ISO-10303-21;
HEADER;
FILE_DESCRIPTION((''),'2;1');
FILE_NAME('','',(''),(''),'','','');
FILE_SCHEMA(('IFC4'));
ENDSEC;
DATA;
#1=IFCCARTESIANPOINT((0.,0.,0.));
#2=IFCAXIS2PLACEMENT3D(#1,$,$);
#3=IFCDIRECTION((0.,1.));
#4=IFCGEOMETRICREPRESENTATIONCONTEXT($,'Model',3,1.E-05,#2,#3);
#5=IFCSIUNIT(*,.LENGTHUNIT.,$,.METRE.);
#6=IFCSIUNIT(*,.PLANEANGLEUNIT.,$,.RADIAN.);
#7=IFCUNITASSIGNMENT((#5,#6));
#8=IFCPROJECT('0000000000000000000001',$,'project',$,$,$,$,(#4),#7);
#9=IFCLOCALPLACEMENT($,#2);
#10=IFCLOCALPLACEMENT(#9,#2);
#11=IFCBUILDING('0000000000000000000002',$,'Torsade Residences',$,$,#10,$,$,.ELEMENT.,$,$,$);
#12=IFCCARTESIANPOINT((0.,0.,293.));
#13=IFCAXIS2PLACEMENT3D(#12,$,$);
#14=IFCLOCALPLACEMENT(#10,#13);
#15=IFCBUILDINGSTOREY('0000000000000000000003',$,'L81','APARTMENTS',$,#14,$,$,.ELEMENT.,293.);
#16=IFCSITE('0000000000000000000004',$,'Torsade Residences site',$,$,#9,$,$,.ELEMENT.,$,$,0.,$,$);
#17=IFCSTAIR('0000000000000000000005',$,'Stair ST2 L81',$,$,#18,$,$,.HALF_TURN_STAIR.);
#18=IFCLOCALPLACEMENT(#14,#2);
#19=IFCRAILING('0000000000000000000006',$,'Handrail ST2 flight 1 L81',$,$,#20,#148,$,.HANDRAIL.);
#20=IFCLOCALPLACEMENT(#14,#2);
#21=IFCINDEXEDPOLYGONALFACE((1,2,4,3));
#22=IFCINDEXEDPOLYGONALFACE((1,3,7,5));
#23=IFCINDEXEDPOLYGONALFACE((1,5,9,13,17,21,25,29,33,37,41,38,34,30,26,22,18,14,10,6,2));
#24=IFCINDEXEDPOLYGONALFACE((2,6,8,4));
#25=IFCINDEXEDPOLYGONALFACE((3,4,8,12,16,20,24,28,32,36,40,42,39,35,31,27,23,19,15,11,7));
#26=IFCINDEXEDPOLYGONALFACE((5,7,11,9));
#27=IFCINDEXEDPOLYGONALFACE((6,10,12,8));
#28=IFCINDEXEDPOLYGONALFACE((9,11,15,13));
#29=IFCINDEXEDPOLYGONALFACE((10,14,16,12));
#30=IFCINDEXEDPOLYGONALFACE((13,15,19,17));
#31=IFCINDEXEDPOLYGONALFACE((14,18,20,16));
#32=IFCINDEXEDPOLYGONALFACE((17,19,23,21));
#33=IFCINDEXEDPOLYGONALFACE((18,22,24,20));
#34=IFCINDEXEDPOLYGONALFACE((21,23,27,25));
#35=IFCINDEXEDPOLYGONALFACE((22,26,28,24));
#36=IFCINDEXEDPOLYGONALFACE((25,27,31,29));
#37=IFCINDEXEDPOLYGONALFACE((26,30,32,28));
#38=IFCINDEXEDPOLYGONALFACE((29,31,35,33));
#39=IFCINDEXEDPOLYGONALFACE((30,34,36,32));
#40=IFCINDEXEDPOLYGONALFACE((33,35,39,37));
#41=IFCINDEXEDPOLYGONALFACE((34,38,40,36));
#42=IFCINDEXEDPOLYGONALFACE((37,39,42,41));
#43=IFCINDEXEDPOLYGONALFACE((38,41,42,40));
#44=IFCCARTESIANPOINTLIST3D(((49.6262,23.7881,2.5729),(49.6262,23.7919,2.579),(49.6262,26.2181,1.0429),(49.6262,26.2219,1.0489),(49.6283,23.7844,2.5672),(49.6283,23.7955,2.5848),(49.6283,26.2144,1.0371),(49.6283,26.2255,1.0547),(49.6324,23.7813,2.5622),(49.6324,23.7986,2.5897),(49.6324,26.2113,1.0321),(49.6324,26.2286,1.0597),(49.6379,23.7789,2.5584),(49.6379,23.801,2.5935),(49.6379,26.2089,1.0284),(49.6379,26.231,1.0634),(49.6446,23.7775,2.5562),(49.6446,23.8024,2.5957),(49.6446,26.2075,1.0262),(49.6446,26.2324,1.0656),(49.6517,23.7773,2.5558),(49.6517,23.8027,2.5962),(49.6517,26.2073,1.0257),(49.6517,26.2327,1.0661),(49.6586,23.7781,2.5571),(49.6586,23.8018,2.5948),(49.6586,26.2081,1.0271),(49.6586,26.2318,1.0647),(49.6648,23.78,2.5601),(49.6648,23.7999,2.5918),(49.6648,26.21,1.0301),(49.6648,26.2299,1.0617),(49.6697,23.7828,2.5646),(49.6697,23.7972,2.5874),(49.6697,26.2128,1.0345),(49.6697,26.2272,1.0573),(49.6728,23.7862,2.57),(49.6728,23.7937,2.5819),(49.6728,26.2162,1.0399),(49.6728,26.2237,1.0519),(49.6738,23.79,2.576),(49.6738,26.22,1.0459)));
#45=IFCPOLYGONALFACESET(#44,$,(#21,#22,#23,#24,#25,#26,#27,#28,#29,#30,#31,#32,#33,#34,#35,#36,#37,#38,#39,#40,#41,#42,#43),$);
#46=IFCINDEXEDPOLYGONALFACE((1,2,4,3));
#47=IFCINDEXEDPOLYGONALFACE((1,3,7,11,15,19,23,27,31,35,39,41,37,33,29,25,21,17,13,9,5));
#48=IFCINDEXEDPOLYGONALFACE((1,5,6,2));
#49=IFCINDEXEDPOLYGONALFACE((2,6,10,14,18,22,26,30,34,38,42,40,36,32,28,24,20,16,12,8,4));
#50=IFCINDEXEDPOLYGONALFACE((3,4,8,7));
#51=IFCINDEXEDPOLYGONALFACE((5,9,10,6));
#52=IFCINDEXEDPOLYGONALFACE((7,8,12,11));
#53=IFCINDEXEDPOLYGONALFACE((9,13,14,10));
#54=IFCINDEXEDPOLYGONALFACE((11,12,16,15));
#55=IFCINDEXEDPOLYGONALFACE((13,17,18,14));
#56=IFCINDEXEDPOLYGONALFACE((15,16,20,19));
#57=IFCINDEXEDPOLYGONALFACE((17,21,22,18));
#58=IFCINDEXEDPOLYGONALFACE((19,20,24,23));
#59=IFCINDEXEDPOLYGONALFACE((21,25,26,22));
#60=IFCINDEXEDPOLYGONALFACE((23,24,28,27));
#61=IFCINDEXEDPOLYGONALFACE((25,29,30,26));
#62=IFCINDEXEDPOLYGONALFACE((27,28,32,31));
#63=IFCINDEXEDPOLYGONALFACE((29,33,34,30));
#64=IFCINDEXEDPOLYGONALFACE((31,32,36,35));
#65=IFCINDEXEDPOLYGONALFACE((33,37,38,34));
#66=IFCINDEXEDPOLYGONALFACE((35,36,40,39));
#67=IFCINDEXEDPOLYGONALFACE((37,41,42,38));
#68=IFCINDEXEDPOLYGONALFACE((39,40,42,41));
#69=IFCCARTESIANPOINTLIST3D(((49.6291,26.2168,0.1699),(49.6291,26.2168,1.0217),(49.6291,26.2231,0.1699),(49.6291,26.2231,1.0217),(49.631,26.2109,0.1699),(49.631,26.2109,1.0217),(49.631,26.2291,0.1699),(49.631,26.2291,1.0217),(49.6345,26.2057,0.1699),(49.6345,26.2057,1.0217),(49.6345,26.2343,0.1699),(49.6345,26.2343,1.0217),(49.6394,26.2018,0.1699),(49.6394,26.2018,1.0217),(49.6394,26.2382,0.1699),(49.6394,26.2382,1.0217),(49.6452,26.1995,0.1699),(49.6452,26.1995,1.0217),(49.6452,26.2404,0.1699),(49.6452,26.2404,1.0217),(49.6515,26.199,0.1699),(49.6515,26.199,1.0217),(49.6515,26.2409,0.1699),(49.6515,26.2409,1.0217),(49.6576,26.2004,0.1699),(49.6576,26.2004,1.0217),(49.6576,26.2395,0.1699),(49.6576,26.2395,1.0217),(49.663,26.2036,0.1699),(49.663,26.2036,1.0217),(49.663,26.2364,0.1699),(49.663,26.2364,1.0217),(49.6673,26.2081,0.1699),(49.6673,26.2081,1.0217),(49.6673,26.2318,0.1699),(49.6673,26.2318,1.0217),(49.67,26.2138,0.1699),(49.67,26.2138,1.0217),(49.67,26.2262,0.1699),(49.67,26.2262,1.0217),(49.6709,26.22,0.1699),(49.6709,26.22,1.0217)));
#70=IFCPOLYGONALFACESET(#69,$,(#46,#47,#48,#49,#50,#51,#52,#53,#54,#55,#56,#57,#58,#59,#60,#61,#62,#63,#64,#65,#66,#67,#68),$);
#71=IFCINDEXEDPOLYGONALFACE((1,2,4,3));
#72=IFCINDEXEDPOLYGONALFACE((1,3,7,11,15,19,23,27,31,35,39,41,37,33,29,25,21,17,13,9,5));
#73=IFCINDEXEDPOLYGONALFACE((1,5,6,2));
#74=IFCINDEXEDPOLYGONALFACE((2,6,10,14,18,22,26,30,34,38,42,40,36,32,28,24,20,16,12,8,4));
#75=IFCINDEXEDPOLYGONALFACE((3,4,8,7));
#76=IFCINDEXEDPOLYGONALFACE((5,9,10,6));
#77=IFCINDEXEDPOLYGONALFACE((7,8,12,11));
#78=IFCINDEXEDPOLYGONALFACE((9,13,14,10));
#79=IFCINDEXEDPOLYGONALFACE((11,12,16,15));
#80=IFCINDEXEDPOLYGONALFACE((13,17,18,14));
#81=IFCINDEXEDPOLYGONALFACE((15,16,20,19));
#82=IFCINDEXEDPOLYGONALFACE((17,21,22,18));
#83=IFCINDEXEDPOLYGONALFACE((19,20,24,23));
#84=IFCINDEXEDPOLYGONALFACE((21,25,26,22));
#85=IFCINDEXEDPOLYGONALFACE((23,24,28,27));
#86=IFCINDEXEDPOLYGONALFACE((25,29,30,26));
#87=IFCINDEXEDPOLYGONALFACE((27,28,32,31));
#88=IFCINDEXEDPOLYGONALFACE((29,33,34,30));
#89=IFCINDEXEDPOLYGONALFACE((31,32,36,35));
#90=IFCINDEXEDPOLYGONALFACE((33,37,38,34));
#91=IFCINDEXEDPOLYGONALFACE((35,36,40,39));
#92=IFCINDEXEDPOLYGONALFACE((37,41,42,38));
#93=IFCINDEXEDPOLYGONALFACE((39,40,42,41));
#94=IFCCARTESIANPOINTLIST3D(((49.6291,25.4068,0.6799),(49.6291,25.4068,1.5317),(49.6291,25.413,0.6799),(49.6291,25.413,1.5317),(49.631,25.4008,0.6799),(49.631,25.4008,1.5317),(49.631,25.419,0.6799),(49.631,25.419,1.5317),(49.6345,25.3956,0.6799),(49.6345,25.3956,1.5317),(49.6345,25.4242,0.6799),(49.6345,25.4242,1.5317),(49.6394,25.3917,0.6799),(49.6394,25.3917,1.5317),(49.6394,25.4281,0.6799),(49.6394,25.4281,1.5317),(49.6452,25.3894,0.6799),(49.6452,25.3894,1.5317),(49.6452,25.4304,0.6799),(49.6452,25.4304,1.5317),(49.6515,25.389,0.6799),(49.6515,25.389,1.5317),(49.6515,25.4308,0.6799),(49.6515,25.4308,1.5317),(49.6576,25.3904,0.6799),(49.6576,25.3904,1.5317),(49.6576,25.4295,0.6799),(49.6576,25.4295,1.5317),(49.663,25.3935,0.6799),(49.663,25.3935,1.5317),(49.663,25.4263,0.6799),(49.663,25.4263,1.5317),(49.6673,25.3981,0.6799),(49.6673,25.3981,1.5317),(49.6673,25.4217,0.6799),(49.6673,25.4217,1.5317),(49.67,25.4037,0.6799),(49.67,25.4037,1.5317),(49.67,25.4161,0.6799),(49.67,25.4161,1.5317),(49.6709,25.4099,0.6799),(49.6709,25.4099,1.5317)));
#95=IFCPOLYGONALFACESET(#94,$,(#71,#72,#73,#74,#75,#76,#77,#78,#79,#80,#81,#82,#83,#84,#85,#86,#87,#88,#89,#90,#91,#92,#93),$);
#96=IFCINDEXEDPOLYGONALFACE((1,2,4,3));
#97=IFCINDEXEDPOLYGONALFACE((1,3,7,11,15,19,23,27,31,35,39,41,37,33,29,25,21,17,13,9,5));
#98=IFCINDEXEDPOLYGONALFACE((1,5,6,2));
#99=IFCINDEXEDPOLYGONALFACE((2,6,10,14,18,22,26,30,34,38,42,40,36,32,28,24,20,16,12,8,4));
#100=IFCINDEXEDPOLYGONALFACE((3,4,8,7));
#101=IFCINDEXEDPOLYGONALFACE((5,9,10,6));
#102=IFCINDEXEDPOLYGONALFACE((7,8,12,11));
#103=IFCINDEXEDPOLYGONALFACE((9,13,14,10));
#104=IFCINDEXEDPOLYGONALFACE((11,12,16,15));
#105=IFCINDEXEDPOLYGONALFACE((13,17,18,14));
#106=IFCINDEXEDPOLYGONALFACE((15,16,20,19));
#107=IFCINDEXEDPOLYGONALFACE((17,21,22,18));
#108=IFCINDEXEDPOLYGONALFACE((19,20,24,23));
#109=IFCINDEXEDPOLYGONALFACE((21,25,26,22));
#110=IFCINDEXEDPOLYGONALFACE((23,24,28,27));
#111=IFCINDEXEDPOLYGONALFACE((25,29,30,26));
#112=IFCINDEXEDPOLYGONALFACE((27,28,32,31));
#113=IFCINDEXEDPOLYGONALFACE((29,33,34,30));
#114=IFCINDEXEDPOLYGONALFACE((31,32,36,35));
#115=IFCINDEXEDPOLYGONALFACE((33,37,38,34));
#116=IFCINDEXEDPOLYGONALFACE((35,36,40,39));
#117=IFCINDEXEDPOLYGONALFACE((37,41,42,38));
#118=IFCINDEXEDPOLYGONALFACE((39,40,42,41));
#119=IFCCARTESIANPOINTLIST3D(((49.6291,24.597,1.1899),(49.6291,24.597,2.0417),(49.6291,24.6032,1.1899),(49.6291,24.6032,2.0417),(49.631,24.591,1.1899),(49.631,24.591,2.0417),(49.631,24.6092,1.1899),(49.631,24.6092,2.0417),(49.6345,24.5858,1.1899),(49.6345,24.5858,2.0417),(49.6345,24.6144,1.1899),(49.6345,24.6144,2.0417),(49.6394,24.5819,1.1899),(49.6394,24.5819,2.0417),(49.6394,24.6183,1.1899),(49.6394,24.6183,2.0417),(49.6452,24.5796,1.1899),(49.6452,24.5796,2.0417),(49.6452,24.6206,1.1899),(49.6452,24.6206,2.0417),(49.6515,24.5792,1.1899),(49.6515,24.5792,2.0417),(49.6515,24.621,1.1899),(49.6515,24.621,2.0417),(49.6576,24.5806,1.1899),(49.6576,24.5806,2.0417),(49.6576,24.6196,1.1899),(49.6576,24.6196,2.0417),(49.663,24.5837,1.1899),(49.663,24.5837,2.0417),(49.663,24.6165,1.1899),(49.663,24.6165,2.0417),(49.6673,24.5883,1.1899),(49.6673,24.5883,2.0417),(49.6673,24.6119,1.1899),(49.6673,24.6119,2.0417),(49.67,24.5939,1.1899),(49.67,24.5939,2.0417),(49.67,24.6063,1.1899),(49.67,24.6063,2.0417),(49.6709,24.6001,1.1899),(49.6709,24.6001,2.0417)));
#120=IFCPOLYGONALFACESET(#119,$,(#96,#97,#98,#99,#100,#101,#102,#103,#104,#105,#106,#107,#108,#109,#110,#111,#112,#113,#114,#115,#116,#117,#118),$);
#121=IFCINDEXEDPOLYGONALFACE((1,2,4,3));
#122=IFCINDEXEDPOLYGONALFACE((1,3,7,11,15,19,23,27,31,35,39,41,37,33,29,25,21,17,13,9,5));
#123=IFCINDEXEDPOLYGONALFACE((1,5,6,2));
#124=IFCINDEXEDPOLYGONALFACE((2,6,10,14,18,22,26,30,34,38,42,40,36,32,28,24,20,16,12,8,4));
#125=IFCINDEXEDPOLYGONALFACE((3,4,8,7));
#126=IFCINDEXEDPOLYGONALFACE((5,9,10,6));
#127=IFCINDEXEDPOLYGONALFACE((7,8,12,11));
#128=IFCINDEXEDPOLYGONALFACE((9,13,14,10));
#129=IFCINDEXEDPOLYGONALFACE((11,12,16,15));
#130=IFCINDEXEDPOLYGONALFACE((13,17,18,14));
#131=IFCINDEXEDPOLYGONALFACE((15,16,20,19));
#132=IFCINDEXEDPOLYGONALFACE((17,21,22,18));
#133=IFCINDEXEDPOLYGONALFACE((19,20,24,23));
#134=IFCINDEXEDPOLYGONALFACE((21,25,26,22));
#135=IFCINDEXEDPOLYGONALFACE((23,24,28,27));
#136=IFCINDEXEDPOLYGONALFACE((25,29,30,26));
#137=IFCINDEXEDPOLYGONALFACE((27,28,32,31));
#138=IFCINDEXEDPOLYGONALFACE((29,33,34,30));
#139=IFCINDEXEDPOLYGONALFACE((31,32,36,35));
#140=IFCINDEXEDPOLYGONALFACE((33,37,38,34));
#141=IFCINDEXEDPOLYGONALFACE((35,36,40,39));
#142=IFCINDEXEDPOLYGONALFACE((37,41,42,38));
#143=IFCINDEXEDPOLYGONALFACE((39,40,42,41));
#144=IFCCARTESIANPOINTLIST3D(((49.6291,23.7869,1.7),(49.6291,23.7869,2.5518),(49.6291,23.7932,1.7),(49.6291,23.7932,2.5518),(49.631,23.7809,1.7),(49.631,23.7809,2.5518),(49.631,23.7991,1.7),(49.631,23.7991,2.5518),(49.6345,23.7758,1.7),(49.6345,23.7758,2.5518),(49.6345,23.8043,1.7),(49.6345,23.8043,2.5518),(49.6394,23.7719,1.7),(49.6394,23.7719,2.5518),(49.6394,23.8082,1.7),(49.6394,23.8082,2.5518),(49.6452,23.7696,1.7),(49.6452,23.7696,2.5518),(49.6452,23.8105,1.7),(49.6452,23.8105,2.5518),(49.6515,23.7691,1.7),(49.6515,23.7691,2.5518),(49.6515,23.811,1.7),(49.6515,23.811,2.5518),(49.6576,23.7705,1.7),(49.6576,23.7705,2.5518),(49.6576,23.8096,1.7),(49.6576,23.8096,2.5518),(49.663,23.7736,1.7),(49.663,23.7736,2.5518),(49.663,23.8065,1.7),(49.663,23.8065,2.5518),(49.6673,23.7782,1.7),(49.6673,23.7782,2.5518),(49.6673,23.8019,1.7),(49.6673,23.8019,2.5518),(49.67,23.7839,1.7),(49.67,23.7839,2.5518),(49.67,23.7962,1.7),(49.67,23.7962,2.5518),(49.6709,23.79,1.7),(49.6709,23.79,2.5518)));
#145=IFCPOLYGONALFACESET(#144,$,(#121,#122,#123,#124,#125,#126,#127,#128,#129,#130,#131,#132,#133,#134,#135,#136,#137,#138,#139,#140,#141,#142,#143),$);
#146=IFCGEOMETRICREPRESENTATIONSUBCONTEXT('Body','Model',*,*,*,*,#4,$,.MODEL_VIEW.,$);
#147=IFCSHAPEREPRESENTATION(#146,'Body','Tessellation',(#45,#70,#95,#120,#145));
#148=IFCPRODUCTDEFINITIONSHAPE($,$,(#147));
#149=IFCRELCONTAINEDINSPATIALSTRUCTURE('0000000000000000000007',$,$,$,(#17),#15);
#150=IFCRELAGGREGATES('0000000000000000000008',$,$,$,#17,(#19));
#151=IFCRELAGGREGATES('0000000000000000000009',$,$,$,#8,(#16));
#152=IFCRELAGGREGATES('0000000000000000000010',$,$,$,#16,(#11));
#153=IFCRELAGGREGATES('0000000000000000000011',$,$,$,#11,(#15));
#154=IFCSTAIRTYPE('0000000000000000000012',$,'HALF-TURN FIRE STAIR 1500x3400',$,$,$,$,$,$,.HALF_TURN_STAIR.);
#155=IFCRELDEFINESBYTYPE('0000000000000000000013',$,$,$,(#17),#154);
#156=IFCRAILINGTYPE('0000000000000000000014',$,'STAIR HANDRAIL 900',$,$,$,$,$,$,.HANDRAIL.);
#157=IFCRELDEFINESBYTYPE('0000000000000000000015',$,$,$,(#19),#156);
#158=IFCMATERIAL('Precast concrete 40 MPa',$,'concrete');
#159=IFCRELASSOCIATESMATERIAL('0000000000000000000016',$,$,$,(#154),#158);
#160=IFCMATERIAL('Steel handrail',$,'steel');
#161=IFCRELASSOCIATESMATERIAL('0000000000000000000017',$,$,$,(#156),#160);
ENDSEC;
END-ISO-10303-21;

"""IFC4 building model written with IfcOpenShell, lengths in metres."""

from ifc_helpers import new_model, si_unit, direction, frame, origin, origin_2d, place, context, subcontext, project, spatial, circle, extrude, material, type_object, element, aggregate, save


model = new_model("IFC4")

# Units and contexts
model_context = context("Model", 3, precision=1e-05, world=origin(), true_north=direction((0.0, 1.0)))
body_context = subcontext(model_context, "Body", "Model", "MODEL_VIEW")
ifc_project = project(units=[si_unit("LENGTHUNIT", "METRE"), si_unit("PLANEANGLEUNIT", "RADIAN")], contexts=[model_context])

# Site, building, storey
site_placement = place(None, origin())
site = spatial("IfcSite", under=ifc_project, at=site_placement, Name="Torsade Residences site", CompositionType="ELEMENT", RefElevation=0.0)
building_placement = place(site_placement, origin())
building = spatial("IfcBuilding", under=site, at=building_placement, Name="Torsade Residences", CompositionType="ELEMENT")
storey_placement = place(building_placement, frame((0.0, 0.0, 293.0)))
storey = spatial("IfcBuildingStorey", under=building, at=storey_placement, Name="L81", Description="APARTMENTS", CompositionType="ELEMENT", Elevation=293.0)

# Stair, railing
ifc_material_1 = material(Name="Precast concrete 40 MPa", Category="concrete")
stair_type = type_object("IfcStairType", Name="HALF-TURN FIRE STAIR 1500x3400", PredefinedType="HALF_TURN_STAIR", material=ifc_material_1)
stair_placement = place(storey_placement, origin())
stair = element("IfcStair", 1, at=stair_placement, inside=storey, type_object=stair_type, Name="Stair ST2 L81", PredefinedType="HALF_TURN_STAIR")
ifc_material_2 = material(Name="Steel handrail", Category="steel")
railing_type = type_object("IfcRailingType", Name="STAIR HANDRAIL 900", PredefinedType="HANDRAIL", material=ifc_material_2)
railing_1_placement = place(storey_placement, frame((49.6499, 26.22, 0.1699)))
railing_1 = element("IfcRailing", 2, at=railing_1_placement, type_object=railing_type, Name="Handrail ST2 flight 1 L81", PredefinedType="HANDRAIL", context=body_context, shape_type="SweptSolid", body=[
    extrude(circle(Radius=0.0239, at=origin_2d()), frame((0.0, 0.0, 0.876), z_axis=(0.0, -0.846221, 0.532831), x_axis=(1.0, 0.0, 0.0)), (0.0, 0.0, 1.0), 2.8716),
    extrude(circle(Radius=0.021, at=origin_2d()), origin(), (0.0, 0.0, 1.0), 0.8518),
    extrude(circle(Radius=0.021, at=origin_2d()), frame((0.0, -0.8101, 0.51)), (0.0, 0.0, 1.0), 0.8518),
    extrude(circle(Radius=0.021, at=origin_2d()), frame((0.0, -1.6199, 1.02)), (0.0, 0.0, 1.0), 0.8518),
    extrude(circle(Radius=0.021, at=origin_2d()), frame((0.0, -2.4299, 1.53)), (0.0, 0.0, 1.0), 0.8518),
])
aggregate(stair, [railing_1])

save(model, "model.ifc")
